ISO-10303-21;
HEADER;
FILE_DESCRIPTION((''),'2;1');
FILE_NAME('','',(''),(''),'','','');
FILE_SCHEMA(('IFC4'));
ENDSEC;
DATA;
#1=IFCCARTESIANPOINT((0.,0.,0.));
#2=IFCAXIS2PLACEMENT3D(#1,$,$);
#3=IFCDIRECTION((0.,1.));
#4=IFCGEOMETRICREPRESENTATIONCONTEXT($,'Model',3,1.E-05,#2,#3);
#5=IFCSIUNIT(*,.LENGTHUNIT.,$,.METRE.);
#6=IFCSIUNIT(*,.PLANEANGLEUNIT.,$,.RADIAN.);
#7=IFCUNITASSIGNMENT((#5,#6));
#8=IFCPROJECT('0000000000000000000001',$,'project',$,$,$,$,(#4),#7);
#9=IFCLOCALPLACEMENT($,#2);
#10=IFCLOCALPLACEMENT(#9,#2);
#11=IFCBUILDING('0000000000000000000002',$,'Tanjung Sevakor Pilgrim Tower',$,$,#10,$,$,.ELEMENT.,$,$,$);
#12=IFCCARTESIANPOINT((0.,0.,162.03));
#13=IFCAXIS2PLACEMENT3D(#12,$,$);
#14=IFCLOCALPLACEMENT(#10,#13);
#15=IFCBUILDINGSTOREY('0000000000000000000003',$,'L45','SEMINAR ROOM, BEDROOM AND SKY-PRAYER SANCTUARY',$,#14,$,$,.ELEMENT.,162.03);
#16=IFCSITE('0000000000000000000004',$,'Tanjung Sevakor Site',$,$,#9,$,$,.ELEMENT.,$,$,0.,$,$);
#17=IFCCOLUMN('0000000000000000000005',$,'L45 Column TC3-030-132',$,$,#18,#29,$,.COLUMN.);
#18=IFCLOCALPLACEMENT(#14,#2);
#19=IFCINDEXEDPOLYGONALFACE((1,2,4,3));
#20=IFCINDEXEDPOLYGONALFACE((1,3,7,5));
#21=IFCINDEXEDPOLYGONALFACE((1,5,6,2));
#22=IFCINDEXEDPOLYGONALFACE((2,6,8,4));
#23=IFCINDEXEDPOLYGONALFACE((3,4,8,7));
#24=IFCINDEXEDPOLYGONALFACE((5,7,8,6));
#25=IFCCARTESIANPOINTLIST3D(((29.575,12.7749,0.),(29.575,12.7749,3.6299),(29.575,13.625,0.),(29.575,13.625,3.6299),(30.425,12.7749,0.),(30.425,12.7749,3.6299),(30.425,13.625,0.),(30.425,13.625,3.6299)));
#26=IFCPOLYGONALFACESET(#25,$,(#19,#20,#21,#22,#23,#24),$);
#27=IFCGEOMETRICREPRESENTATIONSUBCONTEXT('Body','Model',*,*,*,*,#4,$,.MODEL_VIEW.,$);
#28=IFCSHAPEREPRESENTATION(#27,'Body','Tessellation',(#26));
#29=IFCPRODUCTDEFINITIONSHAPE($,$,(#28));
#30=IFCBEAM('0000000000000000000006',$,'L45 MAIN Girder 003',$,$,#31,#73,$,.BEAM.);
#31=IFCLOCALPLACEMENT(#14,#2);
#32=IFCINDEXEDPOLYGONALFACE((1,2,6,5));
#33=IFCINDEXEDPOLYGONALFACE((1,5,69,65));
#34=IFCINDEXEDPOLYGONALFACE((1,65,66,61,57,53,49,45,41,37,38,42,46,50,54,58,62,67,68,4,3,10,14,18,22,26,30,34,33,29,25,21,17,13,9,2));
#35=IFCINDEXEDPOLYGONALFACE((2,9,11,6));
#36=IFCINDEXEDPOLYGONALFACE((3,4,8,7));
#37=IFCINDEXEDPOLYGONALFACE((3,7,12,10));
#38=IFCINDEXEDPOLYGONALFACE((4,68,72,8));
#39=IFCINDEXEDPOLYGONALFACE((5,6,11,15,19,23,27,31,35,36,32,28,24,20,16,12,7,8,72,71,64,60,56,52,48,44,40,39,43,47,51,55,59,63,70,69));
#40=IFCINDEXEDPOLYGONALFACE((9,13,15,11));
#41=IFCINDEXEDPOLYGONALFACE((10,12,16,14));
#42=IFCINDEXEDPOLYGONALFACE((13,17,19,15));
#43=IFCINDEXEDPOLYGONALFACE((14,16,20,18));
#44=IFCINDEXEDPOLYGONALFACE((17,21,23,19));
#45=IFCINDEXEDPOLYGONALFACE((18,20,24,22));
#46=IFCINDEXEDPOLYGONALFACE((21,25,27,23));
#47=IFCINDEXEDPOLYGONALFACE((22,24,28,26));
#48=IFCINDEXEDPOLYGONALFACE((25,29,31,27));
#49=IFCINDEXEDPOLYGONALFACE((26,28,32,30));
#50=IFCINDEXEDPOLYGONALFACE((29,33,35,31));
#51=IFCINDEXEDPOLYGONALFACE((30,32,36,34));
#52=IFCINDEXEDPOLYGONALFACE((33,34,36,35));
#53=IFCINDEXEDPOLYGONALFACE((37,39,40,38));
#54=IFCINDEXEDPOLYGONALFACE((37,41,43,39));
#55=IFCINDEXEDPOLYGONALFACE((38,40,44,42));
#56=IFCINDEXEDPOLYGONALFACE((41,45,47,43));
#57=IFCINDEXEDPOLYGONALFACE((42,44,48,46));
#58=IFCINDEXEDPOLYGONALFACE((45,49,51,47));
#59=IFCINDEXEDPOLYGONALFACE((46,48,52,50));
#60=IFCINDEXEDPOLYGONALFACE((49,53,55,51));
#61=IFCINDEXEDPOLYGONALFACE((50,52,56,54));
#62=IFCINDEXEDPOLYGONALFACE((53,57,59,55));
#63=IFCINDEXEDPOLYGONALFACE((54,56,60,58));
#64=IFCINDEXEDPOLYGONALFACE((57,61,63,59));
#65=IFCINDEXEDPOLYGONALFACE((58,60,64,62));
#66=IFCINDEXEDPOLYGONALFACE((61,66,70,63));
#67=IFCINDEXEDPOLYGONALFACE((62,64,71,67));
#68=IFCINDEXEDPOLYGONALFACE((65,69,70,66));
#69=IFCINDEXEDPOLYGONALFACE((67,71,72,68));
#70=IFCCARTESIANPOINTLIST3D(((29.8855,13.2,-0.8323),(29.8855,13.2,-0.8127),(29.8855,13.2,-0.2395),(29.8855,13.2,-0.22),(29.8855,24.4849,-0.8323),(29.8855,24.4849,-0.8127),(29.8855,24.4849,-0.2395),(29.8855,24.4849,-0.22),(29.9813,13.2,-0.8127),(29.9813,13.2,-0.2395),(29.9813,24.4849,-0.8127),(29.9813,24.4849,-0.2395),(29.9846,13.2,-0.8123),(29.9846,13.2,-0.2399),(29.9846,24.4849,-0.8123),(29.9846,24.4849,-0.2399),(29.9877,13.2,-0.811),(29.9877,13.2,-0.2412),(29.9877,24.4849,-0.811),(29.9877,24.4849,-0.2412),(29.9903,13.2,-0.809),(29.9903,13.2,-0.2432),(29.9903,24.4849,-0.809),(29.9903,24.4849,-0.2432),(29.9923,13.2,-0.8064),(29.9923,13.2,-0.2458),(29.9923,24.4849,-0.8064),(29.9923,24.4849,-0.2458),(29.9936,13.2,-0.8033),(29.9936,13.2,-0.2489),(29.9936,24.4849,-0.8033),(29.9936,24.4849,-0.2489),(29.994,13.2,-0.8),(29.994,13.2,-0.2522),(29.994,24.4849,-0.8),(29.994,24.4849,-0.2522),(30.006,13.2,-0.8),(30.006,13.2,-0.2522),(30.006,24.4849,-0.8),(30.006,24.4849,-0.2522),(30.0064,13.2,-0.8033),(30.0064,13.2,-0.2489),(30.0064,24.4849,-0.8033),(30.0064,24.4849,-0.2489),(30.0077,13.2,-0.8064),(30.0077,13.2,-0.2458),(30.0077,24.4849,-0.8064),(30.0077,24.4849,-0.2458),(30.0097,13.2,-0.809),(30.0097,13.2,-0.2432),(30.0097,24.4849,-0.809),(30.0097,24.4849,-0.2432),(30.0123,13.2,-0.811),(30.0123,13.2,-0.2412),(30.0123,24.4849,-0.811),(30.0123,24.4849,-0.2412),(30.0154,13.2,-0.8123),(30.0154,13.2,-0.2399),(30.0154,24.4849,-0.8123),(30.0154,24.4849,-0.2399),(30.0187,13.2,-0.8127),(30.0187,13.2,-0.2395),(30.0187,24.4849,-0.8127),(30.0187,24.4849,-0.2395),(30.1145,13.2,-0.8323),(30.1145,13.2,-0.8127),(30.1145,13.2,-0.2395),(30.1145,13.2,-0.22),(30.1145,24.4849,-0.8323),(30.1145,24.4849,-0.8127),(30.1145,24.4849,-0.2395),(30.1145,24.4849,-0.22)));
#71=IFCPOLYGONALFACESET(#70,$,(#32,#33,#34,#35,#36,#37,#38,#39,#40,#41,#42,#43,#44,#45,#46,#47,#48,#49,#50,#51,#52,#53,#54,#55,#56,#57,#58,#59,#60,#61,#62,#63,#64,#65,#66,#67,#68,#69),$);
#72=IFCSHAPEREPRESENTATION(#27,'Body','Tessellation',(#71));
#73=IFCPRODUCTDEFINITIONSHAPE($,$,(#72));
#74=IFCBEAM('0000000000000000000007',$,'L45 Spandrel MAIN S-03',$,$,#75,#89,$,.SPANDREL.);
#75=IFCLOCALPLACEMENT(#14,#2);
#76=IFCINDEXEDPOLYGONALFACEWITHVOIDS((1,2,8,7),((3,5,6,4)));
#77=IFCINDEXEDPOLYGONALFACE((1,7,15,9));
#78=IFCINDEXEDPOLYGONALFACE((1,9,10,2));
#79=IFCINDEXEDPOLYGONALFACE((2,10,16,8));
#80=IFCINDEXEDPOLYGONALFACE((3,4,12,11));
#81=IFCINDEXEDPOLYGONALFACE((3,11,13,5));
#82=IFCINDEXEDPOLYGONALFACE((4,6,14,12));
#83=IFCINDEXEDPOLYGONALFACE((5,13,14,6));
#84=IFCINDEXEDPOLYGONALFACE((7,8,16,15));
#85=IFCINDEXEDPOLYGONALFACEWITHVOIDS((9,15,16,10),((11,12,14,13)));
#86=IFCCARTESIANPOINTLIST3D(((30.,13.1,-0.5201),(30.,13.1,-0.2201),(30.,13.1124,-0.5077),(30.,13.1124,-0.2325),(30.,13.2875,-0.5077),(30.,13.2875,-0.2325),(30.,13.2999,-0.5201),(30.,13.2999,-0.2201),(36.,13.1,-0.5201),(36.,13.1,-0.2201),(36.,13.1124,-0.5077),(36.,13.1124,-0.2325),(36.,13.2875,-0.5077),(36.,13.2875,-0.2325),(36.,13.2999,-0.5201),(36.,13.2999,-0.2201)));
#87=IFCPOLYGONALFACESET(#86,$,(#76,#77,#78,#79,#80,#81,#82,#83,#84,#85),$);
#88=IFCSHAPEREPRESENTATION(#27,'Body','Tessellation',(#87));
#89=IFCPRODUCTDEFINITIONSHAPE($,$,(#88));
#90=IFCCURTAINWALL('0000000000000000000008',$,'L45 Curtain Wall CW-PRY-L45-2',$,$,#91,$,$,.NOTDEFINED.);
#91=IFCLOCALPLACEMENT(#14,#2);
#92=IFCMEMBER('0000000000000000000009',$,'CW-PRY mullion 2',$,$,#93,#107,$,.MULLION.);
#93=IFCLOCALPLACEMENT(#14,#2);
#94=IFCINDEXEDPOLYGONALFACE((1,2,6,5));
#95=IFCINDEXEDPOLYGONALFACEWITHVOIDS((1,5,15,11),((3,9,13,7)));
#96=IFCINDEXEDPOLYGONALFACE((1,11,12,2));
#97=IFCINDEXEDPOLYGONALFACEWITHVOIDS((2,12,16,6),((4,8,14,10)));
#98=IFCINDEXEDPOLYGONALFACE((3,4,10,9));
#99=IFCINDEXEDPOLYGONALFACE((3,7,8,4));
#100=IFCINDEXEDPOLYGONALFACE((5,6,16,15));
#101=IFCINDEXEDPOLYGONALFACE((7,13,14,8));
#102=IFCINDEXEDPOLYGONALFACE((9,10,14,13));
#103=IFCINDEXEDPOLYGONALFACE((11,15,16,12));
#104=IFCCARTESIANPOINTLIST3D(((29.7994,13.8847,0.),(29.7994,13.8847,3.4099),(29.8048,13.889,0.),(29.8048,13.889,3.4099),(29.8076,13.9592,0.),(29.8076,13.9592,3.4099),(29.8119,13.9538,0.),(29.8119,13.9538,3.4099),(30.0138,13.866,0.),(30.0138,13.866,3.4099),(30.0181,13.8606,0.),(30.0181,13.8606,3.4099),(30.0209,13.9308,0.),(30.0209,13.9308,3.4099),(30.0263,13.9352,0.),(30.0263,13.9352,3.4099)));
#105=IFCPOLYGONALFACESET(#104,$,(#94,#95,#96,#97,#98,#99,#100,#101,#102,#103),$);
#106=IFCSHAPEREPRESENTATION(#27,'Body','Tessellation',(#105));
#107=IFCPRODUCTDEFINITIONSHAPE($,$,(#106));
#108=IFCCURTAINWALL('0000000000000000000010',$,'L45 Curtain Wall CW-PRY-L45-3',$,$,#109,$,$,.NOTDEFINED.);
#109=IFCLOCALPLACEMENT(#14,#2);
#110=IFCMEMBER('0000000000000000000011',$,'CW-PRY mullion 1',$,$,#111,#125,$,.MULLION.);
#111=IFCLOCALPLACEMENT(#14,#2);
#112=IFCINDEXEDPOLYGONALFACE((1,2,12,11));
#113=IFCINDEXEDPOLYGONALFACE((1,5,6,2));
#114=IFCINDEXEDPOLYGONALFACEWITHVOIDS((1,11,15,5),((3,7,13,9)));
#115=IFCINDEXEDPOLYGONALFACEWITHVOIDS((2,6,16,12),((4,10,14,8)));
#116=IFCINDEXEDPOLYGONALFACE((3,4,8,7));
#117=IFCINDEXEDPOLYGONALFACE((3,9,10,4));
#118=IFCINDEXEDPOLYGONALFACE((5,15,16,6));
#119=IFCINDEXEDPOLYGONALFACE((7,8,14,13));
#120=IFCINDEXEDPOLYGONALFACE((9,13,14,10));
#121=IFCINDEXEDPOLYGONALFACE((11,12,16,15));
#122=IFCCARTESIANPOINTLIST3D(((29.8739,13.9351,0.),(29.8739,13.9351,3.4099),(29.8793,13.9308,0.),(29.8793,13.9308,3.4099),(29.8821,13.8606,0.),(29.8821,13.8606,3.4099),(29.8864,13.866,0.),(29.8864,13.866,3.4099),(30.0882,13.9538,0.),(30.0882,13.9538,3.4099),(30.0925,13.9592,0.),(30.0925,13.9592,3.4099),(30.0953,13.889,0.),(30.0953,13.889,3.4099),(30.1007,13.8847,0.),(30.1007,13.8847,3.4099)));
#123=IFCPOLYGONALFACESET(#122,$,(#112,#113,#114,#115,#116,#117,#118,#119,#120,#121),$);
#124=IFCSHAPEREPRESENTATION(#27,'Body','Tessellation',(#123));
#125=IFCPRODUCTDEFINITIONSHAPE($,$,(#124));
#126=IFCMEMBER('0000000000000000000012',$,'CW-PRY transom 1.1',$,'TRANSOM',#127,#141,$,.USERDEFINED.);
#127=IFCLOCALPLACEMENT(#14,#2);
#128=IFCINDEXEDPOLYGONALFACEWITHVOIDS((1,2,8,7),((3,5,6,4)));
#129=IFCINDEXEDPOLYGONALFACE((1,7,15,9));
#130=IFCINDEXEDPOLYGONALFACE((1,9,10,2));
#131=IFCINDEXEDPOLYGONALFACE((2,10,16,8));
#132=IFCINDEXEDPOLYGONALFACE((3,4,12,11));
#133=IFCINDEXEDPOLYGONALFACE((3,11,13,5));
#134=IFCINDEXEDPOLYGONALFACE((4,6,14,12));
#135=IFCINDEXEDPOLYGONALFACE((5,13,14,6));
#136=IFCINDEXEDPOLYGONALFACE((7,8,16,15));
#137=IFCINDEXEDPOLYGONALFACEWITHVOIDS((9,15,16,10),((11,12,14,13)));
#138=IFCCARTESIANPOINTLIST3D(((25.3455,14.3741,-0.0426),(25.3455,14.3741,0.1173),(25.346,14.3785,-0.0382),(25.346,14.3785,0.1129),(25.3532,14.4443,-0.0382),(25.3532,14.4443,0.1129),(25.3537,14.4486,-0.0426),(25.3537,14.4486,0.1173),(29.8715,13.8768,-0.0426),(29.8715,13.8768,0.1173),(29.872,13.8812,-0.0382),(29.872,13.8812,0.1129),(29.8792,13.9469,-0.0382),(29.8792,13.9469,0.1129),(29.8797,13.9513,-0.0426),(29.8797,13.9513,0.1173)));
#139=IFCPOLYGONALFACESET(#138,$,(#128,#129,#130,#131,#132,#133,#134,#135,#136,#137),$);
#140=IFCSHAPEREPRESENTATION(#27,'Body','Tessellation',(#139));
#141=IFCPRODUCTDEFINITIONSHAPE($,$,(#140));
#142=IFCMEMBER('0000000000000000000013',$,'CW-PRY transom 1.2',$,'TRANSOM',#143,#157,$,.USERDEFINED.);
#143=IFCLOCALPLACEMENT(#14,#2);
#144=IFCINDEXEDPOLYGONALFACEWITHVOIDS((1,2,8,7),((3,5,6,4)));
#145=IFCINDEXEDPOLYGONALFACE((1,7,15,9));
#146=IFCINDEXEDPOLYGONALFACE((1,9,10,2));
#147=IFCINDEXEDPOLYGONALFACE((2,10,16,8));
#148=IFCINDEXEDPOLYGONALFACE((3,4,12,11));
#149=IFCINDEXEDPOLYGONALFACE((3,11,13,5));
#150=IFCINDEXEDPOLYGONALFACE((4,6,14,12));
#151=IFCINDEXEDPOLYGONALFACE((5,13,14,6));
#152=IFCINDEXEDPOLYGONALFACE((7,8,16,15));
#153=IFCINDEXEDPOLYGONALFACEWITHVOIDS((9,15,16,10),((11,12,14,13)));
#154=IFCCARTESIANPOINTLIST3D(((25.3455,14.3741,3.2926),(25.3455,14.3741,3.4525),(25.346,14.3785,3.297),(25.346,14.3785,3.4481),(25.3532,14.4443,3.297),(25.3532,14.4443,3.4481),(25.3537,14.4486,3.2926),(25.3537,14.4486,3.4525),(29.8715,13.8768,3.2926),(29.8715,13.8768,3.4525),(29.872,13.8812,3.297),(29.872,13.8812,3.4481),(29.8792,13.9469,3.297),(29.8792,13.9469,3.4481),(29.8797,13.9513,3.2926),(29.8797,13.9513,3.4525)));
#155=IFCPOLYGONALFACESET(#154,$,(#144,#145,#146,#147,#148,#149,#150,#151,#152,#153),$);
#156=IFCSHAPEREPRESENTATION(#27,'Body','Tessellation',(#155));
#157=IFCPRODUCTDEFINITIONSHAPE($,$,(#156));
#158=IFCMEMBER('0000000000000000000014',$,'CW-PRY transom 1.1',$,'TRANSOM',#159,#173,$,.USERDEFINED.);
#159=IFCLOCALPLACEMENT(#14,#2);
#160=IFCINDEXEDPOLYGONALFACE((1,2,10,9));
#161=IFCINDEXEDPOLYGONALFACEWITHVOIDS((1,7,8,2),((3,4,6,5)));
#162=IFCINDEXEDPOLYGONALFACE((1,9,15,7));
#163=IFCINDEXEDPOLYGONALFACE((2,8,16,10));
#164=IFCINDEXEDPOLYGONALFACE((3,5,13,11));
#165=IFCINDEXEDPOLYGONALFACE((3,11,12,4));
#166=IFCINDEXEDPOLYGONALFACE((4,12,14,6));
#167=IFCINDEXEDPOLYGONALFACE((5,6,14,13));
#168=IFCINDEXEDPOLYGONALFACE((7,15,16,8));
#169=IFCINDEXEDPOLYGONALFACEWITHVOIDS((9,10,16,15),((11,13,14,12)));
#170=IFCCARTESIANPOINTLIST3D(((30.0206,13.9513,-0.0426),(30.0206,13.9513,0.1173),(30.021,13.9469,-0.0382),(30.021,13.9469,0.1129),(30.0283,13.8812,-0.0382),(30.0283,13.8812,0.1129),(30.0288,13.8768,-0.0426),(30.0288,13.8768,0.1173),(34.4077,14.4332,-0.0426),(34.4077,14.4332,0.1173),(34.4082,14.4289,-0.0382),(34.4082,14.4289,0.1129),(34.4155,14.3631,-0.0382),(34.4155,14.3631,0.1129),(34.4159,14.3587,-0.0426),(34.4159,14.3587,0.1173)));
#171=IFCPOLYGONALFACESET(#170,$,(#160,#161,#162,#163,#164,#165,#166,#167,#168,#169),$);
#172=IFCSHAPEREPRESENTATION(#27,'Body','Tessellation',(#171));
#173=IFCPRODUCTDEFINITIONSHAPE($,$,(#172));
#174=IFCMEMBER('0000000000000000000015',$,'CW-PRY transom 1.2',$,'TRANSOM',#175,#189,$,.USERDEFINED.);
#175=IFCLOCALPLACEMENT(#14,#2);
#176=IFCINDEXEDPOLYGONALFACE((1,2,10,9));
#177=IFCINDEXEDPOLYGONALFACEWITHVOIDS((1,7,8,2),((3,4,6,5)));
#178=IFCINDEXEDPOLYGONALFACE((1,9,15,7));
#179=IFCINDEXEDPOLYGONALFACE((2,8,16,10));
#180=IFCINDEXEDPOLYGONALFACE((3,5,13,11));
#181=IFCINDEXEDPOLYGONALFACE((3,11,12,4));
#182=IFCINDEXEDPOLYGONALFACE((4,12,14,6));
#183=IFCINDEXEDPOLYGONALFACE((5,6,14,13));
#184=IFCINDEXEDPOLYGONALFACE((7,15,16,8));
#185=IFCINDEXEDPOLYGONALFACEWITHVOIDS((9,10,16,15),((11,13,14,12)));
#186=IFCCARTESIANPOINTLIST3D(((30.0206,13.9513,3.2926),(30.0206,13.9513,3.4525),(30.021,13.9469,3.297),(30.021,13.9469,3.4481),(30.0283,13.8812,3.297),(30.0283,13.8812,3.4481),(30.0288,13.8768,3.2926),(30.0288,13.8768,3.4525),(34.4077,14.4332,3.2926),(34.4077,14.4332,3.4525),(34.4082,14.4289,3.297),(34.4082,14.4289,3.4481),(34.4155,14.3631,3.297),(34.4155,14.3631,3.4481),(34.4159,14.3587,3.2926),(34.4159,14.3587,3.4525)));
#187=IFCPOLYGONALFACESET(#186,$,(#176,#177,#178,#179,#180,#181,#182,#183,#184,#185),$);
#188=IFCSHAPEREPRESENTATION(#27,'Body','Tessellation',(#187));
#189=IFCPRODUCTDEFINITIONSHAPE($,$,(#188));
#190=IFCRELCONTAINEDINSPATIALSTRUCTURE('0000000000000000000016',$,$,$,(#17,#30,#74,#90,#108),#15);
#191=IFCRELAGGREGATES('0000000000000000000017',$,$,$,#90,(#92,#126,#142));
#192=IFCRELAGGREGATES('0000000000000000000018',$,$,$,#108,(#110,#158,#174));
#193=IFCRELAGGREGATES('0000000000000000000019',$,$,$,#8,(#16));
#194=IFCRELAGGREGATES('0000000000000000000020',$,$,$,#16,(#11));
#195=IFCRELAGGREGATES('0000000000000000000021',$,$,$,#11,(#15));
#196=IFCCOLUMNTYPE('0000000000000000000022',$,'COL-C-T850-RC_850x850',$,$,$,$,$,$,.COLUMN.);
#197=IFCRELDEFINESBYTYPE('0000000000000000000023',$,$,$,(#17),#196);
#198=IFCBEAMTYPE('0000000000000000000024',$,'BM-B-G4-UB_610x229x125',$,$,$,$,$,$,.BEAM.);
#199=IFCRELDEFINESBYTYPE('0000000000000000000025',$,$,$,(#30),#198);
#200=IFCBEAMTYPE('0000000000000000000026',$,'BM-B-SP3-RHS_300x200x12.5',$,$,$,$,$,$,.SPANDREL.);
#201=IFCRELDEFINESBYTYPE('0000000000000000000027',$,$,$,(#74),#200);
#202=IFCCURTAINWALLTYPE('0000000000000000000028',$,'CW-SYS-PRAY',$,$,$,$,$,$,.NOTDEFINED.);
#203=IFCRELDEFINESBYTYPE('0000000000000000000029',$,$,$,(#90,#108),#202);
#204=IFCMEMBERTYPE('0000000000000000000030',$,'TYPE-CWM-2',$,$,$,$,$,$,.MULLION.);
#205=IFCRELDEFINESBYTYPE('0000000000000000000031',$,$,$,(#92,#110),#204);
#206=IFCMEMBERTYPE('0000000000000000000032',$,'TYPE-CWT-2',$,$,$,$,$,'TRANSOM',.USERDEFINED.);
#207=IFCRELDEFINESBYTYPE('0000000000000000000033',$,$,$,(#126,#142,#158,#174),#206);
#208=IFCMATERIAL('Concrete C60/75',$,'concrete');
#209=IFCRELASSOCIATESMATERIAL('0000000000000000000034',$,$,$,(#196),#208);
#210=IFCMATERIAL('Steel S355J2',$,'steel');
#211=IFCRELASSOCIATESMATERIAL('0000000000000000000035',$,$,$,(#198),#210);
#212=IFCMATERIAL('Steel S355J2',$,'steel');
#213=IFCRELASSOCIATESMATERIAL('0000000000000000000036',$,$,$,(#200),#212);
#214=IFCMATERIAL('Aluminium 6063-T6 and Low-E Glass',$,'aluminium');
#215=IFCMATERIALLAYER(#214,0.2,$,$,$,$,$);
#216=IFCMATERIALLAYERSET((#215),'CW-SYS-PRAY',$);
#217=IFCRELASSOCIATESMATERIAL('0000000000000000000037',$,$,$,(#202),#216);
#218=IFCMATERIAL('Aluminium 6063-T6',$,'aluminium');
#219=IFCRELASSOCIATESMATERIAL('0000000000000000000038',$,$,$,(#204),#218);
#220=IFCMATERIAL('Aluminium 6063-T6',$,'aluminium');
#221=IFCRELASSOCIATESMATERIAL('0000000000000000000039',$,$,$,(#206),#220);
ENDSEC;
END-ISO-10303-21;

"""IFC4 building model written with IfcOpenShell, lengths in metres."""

from ifc_helpers import new_model, si_unit, direction, frame, origin, origin_2d, place, context, subcontext, project, spatial, rectangle, hollow_rectangle, i_section, extrude, material, layer, layer_set, material_profile, profile_set, type_object, element, aggregate, save


model = new_model("IFC4")

# Units and contexts
model_context = context("Model", 3, precision=1e-05, world=origin(), true_north=direction((0.0, 1.0)))
body_context = subcontext(model_context, "Body", "Model", "MODEL_VIEW")
ifc_project = project(units=[si_unit("LENGTHUNIT", "METRE"), si_unit("PLANEANGLEUNIT", "RADIAN")], contexts=[model_context])

# Site, building, storey
site_placement = place(None, origin())
site = spatial("IfcSite", under=ifc_project, at=site_placement, Name="Tanjung Sevakor Site", CompositionType="ELEMENT", RefElevation=0.0)
building_placement = place(site_placement, origin())
building = spatial("IfcBuilding", under=site, at=building_placement, Name="Tanjung Sevakor Pilgrim Tower", CompositionType="ELEMENT")
storey_placement = place(building_placement, frame((0.0, 0.0, 162.03)))
storey = spatial("IfcBuildingStorey", under=building, at=storey_placement, Name="L45", Description="SEMINAR ROOM, BEDROOM AND SKY-PRAYER SANCTUARY", CompositionType="ELEMENT", Elevation=162.03)

# Column
ifc_material_1 = material(Name="Concrete C60/75", Category="concrete")
ifc_material_profile_1 = material_profile(ifc_material_1, rectangle(XDim=0.8501, YDim=0.8501, at=origin_2d()))
ifc_profile_set_1 = profile_set([ifc_material_profile_1], Name="Concrete C60/75")
column_type = type_object("IfcColumnType", Name="COL-C-T850-RC_850x850", PredefinedType="COLUMN", material=ifc_profile_set_1)
column_placement = place(storey_placement, frame((30.0, 13.2, 0.0), z_axis=(0.0, 0.0, 1.0), x_axis=(1.0, 0.0, 0.0)))
element("IfcColumn", 1, at=column_placement, inside=storey, type_object=column_type, Name="L45 Column TC3-030-132", PredefinedType="COLUMN", context=body_context, shape_type="SweptSolid", body=[
    extrude(rectangle(XDim=0.8501, YDim=0.8501, at=origin_2d()), origin(), (0.0, 0.0, 1.0), 3.6299),
])

# Beams
ifc_material_2 = material(Name="Steel S355J2", Category="steel")
ifc_material_profile_2 = material_profile(ifc_material_2, i_section(OverallWidth=0.229, OverallDepth=0.6123, WebThickness=0.012, FlangeThickness=0.0195, FilletRadius=0.0127, at=origin_2d()))
ifc_profile_set_2 = profile_set([ifc_material_profile_2], Name="Steel S355J2")
beam_type_1 = type_object("IfcBeamType", Name="BM-B-G4-UB_610x229x125", PredefinedType="BEAM", material=ifc_profile_set_2)
beam_1_placement = place(storey_placement, frame((30.0, 13.2, -0.5261), z_axis=(0.0, 1.0, 0.0), x_axis=(-1.0, 0.0, 0.0)))
element("IfcBeam", 2, at=beam_1_placement, inside=storey, type_object=beam_type_1, Name="L45 MAIN Girder 003", PredefinedType="BEAM", context=body_context, shape_type="SweptSolid", body=[
    extrude(i_section(OverallWidth=0.229, OverallDepth=0.6123, WebThickness=0.012, FlangeThickness=0.0195, FilletRadius=0.0127, at=origin_2d()), origin(), (0.0, 0.0, 1.0), 11.2849),
])
ifc_material_3 = material(Name="Steel S355J2", Category="steel")
ifc_material_profile_3 = material_profile(ifc_material_3, hollow_rectangle(XDim=0.2, YDim=0.3, WallThickness=0.0125, at=origin_2d()))
ifc_profile_set_3 = profile_set([ifc_material_profile_3], Name="Steel S355J2")
beam_type_2 = type_object("IfcBeamType", Name="BM-B-SP3-RHS_300x200x12.5", PredefinedType="SPANDREL", material=ifc_profile_set_3)
beam_2_placement = place(storey_placement, frame((30.0, 13.2, -0.3701), z_axis=(1.0, 0.0, 0.0), x_axis=(0.0, 1.0, 0.0)))
element("IfcBeam", 3, at=beam_2_placement, inside=storey, type_object=beam_type_2, Name="L45 Spandrel MAIN S-03", PredefinedType="SPANDREL", context=body_context, shape_type="SweptSolid", body=[
    extrude(hollow_rectangle(XDim=0.2, YDim=0.3, WallThickness=0.0125, at=origin_2d()), origin(), (0.0, 0.0, 1.0), 6.0),
])

# Curtain walls, members
ifc_material_4 = material(Name="Aluminium 6063-T6 and Low-E Glass", Category="aluminium")
ifc_layer_1 = layer(ifc_material_4, 0.2)
ifc_layer_set_1 = layer_set([ifc_layer_1], Name="CW-SYS-PRAY")
curtain_wall_type = type_object("IfcCurtainWallType", Name="CW-SYS-PRAY", PredefinedType="NOTDEFINED", material=ifc_layer_set_1)
curtain_wall_1_placement = place(storey_placement, origin())
curtain_wall_1 = element("IfcCurtainWall", 4, at=curtain_wall_1_placement, inside=storey, type_object=curtain_wall_type, Name="L45 Curtain Wall CW-PRY-L45-2", PredefinedType="NOTDEFINED")
ifc_material_5 = material(Name="Aluminium 6063-T6", Category="aluminium")
ifc_material_profile_4 = material_profile(ifc_material_5, hollow_rectangle(XDim=0.075, YDim=0.22, WallThickness=0.0049, at=origin_2d()))
ifc_profile_set_4 = profile_set([ifc_material_profile_4], Name="Aluminium 6063-T6")
member_type_1 = type_object("IfcMemberType", Name="TYPE-CWM-2", PredefinedType="MULLION", material=ifc_profile_set_4)
member_1_placement = place(storey_placement, frame((29.9128, 13.9099, 0.0), z_axis=(0.0, 0.0, 1.0), x_axis=(0.109225, 0.994017, 0.0)))
member_1 = element("IfcMember", 5, at=member_1_placement, type_object=member_type_1, Name="CW-PRY mullion 2", PredefinedType="MULLION", context=body_context, shape_type="SweptSolid", body=[
    extrude(hollow_rectangle(XDim=0.075, YDim=0.22, WallThickness=0.0049, at=origin_2d()), origin(), (0.0, 0.0, 1.0), 3.4099),
])
curtain_wall_2_placement = place(storey_placement, origin())
curtain_wall_2 = element("IfcCurtainWall", 6, at=curtain_wall_2_placement, inside=storey, type_object=curtain_wall_type, Name="L45 Curtain Wall CW-PRY-L45-3", PredefinedType="NOTDEFINED")
member_2_placement = place(storey_placement, frame((29.9873, 13.9099, 0.0), z_axis=(0.0, 0.0, 1.0), x_axis=(-0.109234, 0.994016, 0.0)))
member_2 = element("IfcMember", 7, at=member_2_placement, type_object=member_type_1, Name="CW-PRY mullion 1", PredefinedType="MULLION", context=body_context, shape_type="SweptSolid", body=[
    extrude(hollow_rectangle(XDim=0.075, YDim=0.22, WallThickness=0.0049, at=origin_2d()), origin(), (0.0, 0.0, 1.0), 3.4099),
])

# Members
ifc_material_6 = material(Name="Aluminium 6063-T6", Category="aluminium")
ifc_material_profile_5 = material_profile(ifc_material_6, hollow_rectangle(XDim=0.075, YDim=0.1599, WallThickness=0.0044, at=origin_2d()))
ifc_profile_set_5 = profile_set([ifc_material_profile_5], Name="Aluminium 6063-T6")
member_type_2 = type_object("IfcMemberType", Name="TYPE-CWT-2", ElementType="TRANSOM", PredefinedType="USERDEFINED", material=ifc_profile_set_5)
member_3_placement = place(storey_placement, frame((25.3496, 14.4114, 0.0374), z_axis=(0.994017, -0.109225, 0.0), x_axis=(0.109225, 0.994017, 0.0)))
member_3 = element("IfcMember", 8, at=member_3_placement, type_object=member_type_2, Name="CW-PRY transom 1.1", ObjectType="TRANSOM", PredefinedType="USERDEFINED", context=body_context, shape_type="SweptSolid", body=[
    extrude(hollow_rectangle(XDim=0.075, YDim=0.1599, WallThickness=0.0044, at=origin_2d()), origin(), (0.0, 0.0, 1.0), 4.5532),
])
member_4_placement = place(storey_placement, frame((25.3496, 14.4114, 3.3726), z_axis=(0.994017, -0.109225, 0.0), x_axis=(0.109225, 0.994017, 0.0)))
member_4 = element("IfcMember", 9, at=member_4_placement, type_object=member_type_2, Name="CW-PRY transom 1.2", ObjectType="TRANSOM", PredefinedType="USERDEFINED", context=body_context, shape_type="SweptSolid", body=[
    extrude(hollow_rectangle(XDim=0.075, YDim=0.1599, WallThickness=0.0044, at=origin_2d()), origin(), (0.0, 0.0, 1.0), 4.5532),
])
member_5_placement = place(storey_placement, frame((30.0247, 13.9141, 0.0374), z_axis=(0.994021, 0.109193, 0.0), x_axis=(-0.109193, 0.994021, 0.0)))
member_5 = element("IfcMember", 10, at=member_5_placement, type_object=member_type_2, Name="CW-PRY transom 1.1", ObjectType="TRANSOM", PredefinedType="USERDEFINED", context=body_context, shape_type="SweptSolid", body=[
    extrude(hollow_rectangle(XDim=0.075, YDim=0.1599, WallThickness=0.0044, at=origin_2d()), origin(), (0.0, 0.0, 1.0), 4.4136),
])
member_6_placement = place(storey_placement, frame((30.0247, 13.9141, 3.3726), z_axis=(0.994021, 0.109193, 0.0), x_axis=(-0.109193, 0.994021, 0.0)))
member_6 = element("IfcMember", 11, at=member_6_placement, type_object=member_type_2, Name="CW-PRY transom 1.2", ObjectType="TRANSOM", PredefinedType="USERDEFINED", context=body_context, shape_type="SweptSolid", body=[
    extrude(hollow_rectangle(XDim=0.075, YDim=0.1599, WallThickness=0.0044, at=origin_2d()), origin(), (0.0, 0.0, 1.0), 4.4136),
])

aggregate(curtain_wall_1, [member_1, member_3, member_4])
aggregate(curtain_wall_2, [member_2, member_5, member_6])

save(model, "model.ifc")
